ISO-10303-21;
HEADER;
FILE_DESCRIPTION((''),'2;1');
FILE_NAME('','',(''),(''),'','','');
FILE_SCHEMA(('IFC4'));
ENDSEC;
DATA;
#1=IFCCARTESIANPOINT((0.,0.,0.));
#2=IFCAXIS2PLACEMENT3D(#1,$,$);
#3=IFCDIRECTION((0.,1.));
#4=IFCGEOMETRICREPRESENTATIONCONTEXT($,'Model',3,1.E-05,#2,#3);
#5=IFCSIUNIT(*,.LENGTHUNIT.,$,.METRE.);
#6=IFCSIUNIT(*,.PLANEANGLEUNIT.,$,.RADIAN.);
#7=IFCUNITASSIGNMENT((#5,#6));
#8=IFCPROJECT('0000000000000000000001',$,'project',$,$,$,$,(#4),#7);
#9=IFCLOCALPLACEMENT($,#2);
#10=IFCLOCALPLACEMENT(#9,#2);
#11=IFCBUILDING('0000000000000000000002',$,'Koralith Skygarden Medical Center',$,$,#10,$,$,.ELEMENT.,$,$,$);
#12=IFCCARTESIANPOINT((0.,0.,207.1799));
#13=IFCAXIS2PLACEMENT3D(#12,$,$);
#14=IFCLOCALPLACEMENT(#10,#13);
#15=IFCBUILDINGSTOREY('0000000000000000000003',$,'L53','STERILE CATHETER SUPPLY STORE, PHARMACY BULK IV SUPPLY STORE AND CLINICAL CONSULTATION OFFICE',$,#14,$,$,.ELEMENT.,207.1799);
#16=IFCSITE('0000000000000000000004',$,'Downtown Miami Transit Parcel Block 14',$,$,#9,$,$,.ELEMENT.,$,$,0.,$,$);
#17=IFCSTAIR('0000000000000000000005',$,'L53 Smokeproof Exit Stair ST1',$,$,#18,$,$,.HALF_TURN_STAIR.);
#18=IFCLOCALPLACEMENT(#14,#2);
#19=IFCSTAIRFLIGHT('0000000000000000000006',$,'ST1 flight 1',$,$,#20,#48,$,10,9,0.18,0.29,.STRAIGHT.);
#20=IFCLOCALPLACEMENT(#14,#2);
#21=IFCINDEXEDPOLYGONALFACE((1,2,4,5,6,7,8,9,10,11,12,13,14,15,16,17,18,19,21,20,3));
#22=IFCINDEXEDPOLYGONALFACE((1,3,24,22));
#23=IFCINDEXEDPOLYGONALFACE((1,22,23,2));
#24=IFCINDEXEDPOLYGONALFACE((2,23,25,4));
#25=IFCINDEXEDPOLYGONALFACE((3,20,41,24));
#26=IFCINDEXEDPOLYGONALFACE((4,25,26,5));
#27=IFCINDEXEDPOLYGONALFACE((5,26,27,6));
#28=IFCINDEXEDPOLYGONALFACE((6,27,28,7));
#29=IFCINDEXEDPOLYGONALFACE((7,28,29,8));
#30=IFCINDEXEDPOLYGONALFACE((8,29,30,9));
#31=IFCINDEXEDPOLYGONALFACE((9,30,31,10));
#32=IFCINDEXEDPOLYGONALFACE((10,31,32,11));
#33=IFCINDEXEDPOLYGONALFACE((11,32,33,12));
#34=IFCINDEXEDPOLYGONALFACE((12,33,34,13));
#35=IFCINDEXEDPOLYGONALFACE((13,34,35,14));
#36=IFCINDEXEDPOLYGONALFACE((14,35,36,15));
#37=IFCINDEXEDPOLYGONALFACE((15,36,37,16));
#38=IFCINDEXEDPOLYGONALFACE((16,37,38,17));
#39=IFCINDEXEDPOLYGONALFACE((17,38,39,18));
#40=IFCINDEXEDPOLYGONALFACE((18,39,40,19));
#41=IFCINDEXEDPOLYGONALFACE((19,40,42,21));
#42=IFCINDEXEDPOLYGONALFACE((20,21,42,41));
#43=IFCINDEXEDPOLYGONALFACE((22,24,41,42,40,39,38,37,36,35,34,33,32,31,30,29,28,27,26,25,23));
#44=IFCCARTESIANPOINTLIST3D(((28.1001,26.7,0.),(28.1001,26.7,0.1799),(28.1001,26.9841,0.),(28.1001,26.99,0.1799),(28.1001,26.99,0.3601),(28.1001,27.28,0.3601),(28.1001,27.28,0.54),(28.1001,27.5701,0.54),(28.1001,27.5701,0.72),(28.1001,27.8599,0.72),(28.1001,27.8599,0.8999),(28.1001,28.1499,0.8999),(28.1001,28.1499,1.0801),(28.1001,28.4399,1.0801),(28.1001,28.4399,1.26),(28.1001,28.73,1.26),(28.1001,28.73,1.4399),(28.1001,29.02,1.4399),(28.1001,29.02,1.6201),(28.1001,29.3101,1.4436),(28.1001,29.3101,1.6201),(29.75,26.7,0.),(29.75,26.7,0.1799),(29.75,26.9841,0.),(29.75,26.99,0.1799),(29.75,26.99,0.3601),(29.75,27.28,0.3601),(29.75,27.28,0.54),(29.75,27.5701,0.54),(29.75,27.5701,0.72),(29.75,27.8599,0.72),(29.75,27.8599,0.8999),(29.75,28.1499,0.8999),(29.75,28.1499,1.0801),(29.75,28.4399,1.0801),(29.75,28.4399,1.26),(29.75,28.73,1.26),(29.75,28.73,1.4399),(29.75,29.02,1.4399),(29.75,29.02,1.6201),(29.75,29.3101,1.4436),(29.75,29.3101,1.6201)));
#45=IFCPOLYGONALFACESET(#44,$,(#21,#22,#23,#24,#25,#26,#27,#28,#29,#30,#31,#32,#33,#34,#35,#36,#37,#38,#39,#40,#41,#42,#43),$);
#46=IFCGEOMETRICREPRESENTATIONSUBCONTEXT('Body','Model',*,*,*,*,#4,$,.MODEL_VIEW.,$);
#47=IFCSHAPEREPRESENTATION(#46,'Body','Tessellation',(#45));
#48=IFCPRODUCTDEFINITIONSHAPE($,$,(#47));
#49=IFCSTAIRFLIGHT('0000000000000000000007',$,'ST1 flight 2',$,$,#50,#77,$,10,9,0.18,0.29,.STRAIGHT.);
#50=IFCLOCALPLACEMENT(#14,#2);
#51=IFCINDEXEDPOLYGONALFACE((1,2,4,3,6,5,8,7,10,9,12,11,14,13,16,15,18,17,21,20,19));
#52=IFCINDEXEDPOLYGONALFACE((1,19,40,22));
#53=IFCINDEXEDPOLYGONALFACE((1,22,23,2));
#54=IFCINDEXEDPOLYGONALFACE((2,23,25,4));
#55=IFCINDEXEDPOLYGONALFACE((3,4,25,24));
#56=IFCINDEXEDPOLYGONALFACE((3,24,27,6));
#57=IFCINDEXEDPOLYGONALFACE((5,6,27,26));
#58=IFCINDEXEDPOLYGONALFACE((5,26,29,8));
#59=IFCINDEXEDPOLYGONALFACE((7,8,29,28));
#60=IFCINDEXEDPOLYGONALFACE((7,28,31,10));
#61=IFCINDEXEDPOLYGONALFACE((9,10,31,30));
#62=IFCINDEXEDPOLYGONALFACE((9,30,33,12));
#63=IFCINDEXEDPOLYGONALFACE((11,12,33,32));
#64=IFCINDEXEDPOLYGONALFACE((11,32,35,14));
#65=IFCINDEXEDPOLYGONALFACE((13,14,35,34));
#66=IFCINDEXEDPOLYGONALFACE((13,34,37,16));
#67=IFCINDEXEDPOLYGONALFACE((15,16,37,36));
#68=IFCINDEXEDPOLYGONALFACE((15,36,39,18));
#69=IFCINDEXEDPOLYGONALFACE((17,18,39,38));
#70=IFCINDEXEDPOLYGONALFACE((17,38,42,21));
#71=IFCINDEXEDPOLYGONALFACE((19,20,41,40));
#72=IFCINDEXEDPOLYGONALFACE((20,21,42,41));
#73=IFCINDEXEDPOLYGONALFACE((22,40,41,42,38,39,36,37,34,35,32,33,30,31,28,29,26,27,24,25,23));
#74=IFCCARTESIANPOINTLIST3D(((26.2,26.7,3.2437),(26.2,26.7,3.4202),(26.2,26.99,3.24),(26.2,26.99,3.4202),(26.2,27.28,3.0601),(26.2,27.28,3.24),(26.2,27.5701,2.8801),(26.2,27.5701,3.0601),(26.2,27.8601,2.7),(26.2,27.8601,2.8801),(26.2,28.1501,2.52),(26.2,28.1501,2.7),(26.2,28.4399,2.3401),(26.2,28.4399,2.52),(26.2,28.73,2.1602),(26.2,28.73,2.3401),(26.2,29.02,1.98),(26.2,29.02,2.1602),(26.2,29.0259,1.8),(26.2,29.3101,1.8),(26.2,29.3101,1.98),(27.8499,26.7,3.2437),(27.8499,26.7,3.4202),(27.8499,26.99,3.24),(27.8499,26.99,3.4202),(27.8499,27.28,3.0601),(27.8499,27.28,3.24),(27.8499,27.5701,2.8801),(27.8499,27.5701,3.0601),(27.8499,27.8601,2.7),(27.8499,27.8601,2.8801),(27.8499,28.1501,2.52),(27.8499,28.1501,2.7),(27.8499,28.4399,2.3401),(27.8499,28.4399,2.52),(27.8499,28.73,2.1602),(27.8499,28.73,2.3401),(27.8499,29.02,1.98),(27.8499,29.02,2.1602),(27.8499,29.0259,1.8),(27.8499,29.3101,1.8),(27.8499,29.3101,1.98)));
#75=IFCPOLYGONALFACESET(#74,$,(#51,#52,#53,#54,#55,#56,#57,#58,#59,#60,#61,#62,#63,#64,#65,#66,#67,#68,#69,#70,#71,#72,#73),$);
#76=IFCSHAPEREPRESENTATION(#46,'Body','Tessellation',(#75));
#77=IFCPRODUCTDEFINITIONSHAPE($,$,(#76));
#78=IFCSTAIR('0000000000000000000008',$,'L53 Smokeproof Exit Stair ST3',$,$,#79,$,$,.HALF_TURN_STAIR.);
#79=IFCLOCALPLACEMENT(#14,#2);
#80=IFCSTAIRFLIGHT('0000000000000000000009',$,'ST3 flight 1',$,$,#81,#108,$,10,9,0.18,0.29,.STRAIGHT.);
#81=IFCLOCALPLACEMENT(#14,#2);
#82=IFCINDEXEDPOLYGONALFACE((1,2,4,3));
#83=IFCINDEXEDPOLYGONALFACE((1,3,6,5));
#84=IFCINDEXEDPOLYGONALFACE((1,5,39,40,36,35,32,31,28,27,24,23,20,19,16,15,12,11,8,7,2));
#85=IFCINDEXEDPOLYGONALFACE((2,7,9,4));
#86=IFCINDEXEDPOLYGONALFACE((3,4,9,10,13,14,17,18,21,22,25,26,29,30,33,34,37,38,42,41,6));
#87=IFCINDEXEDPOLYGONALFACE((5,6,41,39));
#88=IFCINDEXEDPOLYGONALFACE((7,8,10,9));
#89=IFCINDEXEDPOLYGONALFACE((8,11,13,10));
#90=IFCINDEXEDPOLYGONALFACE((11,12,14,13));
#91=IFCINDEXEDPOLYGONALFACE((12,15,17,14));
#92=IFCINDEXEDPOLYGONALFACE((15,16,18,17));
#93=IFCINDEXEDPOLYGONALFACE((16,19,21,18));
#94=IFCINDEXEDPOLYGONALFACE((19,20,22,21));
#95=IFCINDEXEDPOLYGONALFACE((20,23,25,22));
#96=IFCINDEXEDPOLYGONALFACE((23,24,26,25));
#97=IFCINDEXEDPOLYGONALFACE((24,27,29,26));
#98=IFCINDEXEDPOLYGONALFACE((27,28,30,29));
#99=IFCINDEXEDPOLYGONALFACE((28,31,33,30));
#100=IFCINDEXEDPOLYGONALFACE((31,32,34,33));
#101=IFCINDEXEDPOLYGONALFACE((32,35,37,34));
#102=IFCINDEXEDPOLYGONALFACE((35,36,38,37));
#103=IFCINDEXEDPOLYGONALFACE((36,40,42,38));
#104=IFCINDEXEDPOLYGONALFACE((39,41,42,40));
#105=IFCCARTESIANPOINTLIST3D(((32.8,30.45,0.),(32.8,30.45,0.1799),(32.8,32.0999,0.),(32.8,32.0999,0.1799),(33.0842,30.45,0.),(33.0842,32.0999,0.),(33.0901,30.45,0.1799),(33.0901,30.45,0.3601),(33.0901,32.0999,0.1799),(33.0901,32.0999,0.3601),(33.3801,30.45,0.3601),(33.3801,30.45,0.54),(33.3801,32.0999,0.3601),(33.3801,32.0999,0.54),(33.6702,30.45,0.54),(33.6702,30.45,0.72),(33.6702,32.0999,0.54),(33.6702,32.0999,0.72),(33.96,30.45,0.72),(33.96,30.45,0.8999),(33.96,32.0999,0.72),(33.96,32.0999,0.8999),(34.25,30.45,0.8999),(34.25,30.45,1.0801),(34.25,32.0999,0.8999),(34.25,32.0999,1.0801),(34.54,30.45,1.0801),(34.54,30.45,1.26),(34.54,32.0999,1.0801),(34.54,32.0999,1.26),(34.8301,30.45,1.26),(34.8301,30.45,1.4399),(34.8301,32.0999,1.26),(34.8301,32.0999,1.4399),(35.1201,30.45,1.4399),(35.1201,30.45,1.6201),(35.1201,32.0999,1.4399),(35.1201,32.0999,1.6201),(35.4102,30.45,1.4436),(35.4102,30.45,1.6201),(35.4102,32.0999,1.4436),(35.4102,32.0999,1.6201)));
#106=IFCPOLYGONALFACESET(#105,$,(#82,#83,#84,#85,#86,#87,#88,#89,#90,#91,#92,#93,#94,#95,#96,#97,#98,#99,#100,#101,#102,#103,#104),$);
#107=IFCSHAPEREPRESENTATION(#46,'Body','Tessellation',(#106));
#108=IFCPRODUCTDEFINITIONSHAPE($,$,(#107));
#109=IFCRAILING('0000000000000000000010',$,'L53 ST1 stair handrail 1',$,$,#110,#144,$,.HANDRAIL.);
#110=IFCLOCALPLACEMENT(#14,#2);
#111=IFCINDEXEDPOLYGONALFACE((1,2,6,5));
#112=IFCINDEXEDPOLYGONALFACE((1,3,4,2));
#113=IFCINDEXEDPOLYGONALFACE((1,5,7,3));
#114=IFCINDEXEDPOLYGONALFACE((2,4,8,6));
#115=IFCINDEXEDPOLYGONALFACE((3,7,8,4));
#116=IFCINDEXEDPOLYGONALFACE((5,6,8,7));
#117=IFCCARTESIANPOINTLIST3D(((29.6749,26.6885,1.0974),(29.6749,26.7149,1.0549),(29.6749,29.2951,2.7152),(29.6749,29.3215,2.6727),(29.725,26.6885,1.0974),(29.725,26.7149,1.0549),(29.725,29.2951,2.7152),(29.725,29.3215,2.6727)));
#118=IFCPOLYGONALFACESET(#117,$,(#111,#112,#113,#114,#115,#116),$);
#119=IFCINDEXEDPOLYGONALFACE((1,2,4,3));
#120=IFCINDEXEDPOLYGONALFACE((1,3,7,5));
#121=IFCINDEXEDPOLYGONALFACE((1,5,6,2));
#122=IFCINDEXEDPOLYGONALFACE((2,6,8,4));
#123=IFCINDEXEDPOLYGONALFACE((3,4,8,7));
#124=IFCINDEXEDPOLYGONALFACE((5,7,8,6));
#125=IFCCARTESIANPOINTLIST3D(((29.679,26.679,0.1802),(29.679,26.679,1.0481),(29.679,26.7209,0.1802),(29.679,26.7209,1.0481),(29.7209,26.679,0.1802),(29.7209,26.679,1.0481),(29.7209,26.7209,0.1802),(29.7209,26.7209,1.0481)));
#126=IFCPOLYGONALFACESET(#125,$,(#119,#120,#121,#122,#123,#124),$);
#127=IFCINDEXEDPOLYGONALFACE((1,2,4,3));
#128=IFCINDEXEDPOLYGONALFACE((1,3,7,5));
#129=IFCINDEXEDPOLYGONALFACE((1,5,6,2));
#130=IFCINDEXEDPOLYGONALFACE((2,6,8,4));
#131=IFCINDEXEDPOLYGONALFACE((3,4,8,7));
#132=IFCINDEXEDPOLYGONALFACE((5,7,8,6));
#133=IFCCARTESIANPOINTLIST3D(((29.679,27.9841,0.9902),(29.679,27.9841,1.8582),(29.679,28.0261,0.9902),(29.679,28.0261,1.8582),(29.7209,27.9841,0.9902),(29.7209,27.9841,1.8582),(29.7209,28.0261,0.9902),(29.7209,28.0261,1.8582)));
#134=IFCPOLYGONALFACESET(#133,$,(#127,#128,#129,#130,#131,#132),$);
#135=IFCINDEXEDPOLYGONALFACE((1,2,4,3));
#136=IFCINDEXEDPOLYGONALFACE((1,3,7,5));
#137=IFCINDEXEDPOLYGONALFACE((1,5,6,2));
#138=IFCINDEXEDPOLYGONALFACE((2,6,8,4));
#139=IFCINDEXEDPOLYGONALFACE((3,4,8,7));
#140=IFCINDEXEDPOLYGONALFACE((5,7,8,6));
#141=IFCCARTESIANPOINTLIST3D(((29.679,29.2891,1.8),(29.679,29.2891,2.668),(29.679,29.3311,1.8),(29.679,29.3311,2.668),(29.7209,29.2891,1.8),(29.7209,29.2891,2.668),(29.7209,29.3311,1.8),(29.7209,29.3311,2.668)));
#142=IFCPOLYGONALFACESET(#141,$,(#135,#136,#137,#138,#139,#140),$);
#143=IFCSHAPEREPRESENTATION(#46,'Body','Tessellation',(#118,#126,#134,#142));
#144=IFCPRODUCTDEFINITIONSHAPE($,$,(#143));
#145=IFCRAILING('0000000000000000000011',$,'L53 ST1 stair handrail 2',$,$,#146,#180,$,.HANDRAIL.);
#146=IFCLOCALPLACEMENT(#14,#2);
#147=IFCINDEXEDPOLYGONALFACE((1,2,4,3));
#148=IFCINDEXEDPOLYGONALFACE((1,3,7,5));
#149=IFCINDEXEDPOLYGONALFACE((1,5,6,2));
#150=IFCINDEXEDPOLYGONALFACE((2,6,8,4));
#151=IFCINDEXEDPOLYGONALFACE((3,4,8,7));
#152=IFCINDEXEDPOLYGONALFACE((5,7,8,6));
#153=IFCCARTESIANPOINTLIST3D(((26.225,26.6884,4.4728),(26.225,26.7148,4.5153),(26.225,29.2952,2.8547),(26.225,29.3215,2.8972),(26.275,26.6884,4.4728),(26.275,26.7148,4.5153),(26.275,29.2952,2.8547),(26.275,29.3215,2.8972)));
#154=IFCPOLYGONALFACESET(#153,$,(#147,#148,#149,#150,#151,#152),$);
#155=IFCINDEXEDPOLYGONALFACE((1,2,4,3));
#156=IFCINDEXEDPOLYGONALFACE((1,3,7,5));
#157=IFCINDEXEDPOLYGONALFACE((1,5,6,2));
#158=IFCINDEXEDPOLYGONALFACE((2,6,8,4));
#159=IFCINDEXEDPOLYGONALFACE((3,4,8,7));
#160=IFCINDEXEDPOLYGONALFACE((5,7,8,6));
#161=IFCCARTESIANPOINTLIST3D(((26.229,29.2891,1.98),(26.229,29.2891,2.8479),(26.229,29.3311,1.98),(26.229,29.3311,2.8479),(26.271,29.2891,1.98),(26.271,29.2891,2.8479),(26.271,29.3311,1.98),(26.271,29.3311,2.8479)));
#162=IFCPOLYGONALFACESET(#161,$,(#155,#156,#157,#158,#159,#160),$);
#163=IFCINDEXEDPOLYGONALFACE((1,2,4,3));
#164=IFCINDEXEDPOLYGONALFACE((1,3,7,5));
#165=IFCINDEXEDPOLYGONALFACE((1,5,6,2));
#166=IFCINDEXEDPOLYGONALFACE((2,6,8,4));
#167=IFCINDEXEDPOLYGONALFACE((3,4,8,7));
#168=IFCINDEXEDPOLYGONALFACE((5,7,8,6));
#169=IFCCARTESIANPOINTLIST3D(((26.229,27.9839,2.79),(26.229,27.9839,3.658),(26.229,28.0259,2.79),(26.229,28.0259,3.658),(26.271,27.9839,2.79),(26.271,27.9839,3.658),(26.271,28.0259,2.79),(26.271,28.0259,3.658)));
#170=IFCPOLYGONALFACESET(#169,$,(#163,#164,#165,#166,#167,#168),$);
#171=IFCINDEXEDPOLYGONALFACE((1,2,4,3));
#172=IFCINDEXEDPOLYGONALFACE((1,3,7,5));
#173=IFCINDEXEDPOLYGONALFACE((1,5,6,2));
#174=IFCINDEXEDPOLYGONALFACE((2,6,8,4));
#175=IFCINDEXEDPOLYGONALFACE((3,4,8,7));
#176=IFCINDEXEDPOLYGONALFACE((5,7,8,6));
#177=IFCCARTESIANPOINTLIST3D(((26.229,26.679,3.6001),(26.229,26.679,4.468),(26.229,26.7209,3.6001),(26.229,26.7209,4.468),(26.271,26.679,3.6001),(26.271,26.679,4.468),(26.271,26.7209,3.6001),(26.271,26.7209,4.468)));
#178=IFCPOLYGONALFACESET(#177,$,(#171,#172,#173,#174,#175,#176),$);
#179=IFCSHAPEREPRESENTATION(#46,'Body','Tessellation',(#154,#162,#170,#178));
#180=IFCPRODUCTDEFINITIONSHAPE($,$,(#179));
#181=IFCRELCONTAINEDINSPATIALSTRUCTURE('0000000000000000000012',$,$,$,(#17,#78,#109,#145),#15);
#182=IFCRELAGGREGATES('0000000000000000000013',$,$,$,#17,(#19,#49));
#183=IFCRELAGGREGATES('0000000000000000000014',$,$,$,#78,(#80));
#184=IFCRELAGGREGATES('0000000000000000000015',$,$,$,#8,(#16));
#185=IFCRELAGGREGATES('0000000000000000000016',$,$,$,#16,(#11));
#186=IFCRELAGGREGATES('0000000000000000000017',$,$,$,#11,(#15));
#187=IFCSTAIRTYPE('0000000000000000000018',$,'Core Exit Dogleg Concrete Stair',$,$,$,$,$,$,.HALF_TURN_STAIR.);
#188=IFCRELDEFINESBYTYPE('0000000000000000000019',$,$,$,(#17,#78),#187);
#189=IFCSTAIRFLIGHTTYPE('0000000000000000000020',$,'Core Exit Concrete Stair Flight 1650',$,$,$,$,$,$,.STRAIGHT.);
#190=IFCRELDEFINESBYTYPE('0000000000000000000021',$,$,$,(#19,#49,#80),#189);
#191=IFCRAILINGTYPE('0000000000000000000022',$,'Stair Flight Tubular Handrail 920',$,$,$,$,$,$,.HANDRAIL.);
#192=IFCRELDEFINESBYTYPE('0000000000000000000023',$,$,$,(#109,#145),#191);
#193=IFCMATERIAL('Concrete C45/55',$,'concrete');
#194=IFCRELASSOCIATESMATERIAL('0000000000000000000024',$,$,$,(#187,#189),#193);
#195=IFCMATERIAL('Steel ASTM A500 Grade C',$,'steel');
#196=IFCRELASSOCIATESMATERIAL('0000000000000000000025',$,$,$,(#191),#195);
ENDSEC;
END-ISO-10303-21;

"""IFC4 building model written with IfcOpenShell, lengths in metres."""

from ifc_helpers import new_model, si_unit, direction, frame, origin, origin_2d, place, context, subcontext, project, spatial, polyline, rectangle, outline, extrude, material, type_object, element, aggregate, save


model = new_model("IFC4")

# Units and contexts
model_context = context("Model", 3, precision=1e-05, world=origin(), true_north=direction((0.0, 1.0)))
body_context = subcontext(model_context, "Body", "Model", "MODEL_VIEW")
ifc_project = project(units=[si_unit("LENGTHUNIT", "METRE"), si_unit("PLANEANGLEUNIT", "RADIAN")], contexts=[model_context])

# Site, building, storey
site_placement = place(None, origin())
site = spatial("IfcSite", under=ifc_project, at=site_placement, Name="Downtown Miami Transit Parcel Block 14", CompositionType="ELEMENT", RefElevation=0.0)
building_placement = place(site_placement, origin())
building = spatial("IfcBuilding", under=site, at=building_placement, Name="Koralith Skygarden Medical Center", CompositionType="ELEMENT")
storey_placement = place(building_placement, frame((0.0, 0.0, 207.1799)))
storey = spatial("IfcBuildingStorey", under=building, at=storey_placement, Name="L53", Description="STERILE CATHETER SUPPLY STORE, PHARMACY BULK IV SUPPLY STORE AND CLINICAL CONSULTATION OFFICE", CompositionType="ELEMENT", Elevation=207.1799)

# Shared definitions
ifc_material_1 = material(Name="Concrete C45/55", Category="concrete")

# Stair, stair flights
stair_type = type_object("IfcStairType", Name="Core Exit Dogleg Concrete Stair", PredefinedType="HALF_TURN_STAIR", material=ifc_material_1)
stair_1_placement = place(storey_placement, origin())
stair_1 = element("IfcStair", 1, at=stair_1_placement, inside=storey, type_object=stair_type, Name="L53 Smokeproof Exit Stair ST1", PredefinedType="HALF_TURN_STAIR")
stair_flight_type = type_object("IfcStairFlightType", Name="Core Exit Concrete Stair Flight 1650", PredefinedType="STRAIGHT", material=ifc_material_1)
stair_flight_1_placement = place(storey_placement, frame((28.925, 26.7, 0.0), z_axis=(0.0, 0.0, 1.0), x_axis=(0.0, 1.0, 0.0)))
stair_flight_1 = element("IfcStairFlight", 2, at=stair_flight_1_placement, type_object=stair_flight_type, Name="ST1 flight 1", NumberOfRisers=10, NumberOfTreads=9, PredefinedType="STRAIGHT", RiserHeight=0.18, TreadLength=0.29, context=body_context, shape_type="SweptSolid", body=[
    extrude(outline(polyline([(0.0, 0.0), (0.0, 0.1799), (0.29, 0.1799), (0.29, 0.3601), (0.5801, 0.3601), (0.5801, 0.54), (0.8701, 0.54), (0.8701, 0.72), (1.1599, 0.72), (1.1599, 0.8999), (1.45, 0.8999), (1.45, 1.0801), (1.74, 1.0801), (1.74, 1.26), (2.03, 1.26), (2.03, 1.4399), (2.3201, 1.4399), (2.3201, 1.6201), (2.6101, 1.6201), (2.6101, 1.8), (2.6101, 1.4436), (0.2842, 0.0), (0.0, 0.0)])), frame((0.0, 0.825, 0.0), z_axis=(0.0, -1.0, 0.0), x_axis=(1.0, 0.0, 0.0)), (0.0, 0.0, 1.0), 1.6499),
])
stair_flight_2_placement = place(storey_placement, frame((27.0249, 29.3101, 1.8), z_axis=(0.0, 0.0, 1.0), x_axis=(0.0, -1.0, 0.0)))
stair_flight_2 = element("IfcStairFlight", 3, at=stair_flight_2_placement, type_object=stair_flight_type, Name="ST1 flight 2", NumberOfRisers=10, NumberOfTreads=9, PredefinedType="STRAIGHT", RiserHeight=0.18, TreadLength=0.29, context=body_context, shape_type="SweptSolid", body=[
    extrude(outline(polyline([(0.0, 0.0), (0.0, 0.1799), (0.29, 0.1799), (0.29, 0.3601), (0.5801, 0.3601), (0.5801, 0.54), (0.8701, 0.54), (0.8701, 0.72), (1.1599, 0.72), (1.1599, 0.8999), (1.45, 0.8999), (1.45, 1.0801), (1.74, 1.0801), (1.74, 1.26), (2.03, 1.26), (2.03, 1.4399), (2.3201, 1.4399), (2.3201, 1.6201), (2.6101, 1.6201), (2.6101, 1.8), (2.6101, 1.4436), (0.2842, 0.0), (0.0, 0.0)])), frame((0.0, 0.825, 0.0), z_axis=(0.0, -1.0, 0.0), x_axis=(1.0, 0.0, 0.0)), (0.0, 0.0, 1.0), 1.6499),
])
aggregate(stair_1, [stair_flight_1, stair_flight_2])

# Stair, stair flight
stair_2_placement = place(storey_placement, origin())
stair_2 = element("IfcStair", 4, at=stair_2_placement, inside=storey, type_object=stair_type, Name="L53 Smokeproof Exit Stair ST3", PredefinedType="HALF_TURN_STAIR")
stair_flight_3_placement = place(storey_placement, frame((32.8, 31.2749, 0.0), z_axis=(0.0, 0.0, 1.0), x_axis=(1.0, 0.0, 0.0)))
stair_flight_3 = element("IfcStairFlight", 5, at=stair_flight_3_placement, type_object=stair_flight_type, Name="ST3 flight 1", NumberOfRisers=10, NumberOfTreads=9, PredefinedType="STRAIGHT", RiserHeight=0.18, TreadLength=0.29, context=body_context, shape_type="SweptSolid", body=[
    extrude(outline(polyline([(0.0, 0.0), (0.0, 0.1799), (0.29, 0.1799), (0.29, 0.3601), (0.5801, 0.3601), (0.5801, 0.54), (0.8701, 0.54), (0.8701, 0.72), (1.1599, 0.72), (1.1599, 0.8999), (1.45, 0.8999), (1.45, 1.0801), (1.74, 1.0801), (1.74, 1.26), (2.03, 1.26), (2.03, 1.4399), (2.3201, 1.4399), (2.3201, 1.6201), (2.6101, 1.6201), (2.6101, 1.8), (2.6101, 1.4436), (0.2842, 0.0), (0.0, 0.0)])), frame((0.0, 0.825, 0.0), z_axis=(0.0, -1.0, 0.0), x_axis=(1.0, 0.0, 0.0)), (0.0, 0.0, 1.0), 1.6499),
])
aggregate(stair_2, [stair_flight_3])

# Railings
ifc_material_2 = material(Name="Steel ASTM A500 Grade C", Category="steel")
railing_type_1 = type_object("IfcRailingType", Name="Stair Flight Tubular Handrail 920", PredefinedType="HANDRAIL", material=ifc_material_2)
railing_1_placement = place(storey_placement, frame((29.7, 26.7, 0.1802)))
element("IfcRailing", 6, at=railing_1_placement, inside=storey, type_object=railing_type_1, Name="L53 ST1 stair handrail 1", PredefinedType="HANDRAIL", context=body_context, shape_type="SweptSolid", body=[
    extrude(rectangle(XDim=0.05, YDim=0.05, at=origin_2d()), frame((0.0, 0.0017, 0.896), z_axis=(0.0, 0.849668, 0.527317), x_axis=(-1.0, 0.0, 0.0)), (0.0, 0.0, 1.0), 3.0679),
    extrude(rectangle(XDim=0.042, YDim=0.042, at=origin_2d()), origin(), (0.0, 0.0, 1.0), 0.8679),
    extrude(rectangle(XDim=0.042, YDim=0.042, at=origin_2d()), frame((0.0, 1.3052, 0.8101)), (0.0, 0.0, 1.0), 0.8679),
    extrude(rectangle(XDim=0.042, YDim=0.042, at=origin_2d()), frame((0.0, 2.6101, 1.6199)), (0.0, 0.0, 1.0), 0.8679),
])
railing_2_placement = place(storey_placement, frame((26.25, 29.3101, 1.98)))
element("IfcRailing", 7, at=railing_2_placement, inside=storey, type_object=railing_type_1, Name="L53 ST1 stair handrail 2", PredefinedType="HANDRAIL", context=body_context, shape_type="SweptSolid", body=[
    extrude(rectangle(XDim=0.05, YDim=0.05, at=origin_2d()), frame((0.0, -0.0017, 0.896), z_axis=(0.0, -0.849633, 0.527375), x_axis=(1.0, 0.0, 0.0)), (0.0, 0.0, 1.0), 3.0681),
    extrude(rectangle(XDim=0.042, YDim=0.042, at=origin_2d()), origin(), (0.0, 0.0, 1.0), 0.8679),
    extrude(rectangle(XDim=0.042, YDim=0.042, at=origin_2d()), frame((0.0, -1.3052, 0.8101)), (0.0, 0.0, 1.0), 0.8679),
    extrude(rectangle(XDim=0.042, YDim=0.042, at=origin_2d()), frame((0.0, -2.6101, 1.6201)), (0.0, 0.0, 1.0), 0.8679),
])

save(model, "model.ifc")
